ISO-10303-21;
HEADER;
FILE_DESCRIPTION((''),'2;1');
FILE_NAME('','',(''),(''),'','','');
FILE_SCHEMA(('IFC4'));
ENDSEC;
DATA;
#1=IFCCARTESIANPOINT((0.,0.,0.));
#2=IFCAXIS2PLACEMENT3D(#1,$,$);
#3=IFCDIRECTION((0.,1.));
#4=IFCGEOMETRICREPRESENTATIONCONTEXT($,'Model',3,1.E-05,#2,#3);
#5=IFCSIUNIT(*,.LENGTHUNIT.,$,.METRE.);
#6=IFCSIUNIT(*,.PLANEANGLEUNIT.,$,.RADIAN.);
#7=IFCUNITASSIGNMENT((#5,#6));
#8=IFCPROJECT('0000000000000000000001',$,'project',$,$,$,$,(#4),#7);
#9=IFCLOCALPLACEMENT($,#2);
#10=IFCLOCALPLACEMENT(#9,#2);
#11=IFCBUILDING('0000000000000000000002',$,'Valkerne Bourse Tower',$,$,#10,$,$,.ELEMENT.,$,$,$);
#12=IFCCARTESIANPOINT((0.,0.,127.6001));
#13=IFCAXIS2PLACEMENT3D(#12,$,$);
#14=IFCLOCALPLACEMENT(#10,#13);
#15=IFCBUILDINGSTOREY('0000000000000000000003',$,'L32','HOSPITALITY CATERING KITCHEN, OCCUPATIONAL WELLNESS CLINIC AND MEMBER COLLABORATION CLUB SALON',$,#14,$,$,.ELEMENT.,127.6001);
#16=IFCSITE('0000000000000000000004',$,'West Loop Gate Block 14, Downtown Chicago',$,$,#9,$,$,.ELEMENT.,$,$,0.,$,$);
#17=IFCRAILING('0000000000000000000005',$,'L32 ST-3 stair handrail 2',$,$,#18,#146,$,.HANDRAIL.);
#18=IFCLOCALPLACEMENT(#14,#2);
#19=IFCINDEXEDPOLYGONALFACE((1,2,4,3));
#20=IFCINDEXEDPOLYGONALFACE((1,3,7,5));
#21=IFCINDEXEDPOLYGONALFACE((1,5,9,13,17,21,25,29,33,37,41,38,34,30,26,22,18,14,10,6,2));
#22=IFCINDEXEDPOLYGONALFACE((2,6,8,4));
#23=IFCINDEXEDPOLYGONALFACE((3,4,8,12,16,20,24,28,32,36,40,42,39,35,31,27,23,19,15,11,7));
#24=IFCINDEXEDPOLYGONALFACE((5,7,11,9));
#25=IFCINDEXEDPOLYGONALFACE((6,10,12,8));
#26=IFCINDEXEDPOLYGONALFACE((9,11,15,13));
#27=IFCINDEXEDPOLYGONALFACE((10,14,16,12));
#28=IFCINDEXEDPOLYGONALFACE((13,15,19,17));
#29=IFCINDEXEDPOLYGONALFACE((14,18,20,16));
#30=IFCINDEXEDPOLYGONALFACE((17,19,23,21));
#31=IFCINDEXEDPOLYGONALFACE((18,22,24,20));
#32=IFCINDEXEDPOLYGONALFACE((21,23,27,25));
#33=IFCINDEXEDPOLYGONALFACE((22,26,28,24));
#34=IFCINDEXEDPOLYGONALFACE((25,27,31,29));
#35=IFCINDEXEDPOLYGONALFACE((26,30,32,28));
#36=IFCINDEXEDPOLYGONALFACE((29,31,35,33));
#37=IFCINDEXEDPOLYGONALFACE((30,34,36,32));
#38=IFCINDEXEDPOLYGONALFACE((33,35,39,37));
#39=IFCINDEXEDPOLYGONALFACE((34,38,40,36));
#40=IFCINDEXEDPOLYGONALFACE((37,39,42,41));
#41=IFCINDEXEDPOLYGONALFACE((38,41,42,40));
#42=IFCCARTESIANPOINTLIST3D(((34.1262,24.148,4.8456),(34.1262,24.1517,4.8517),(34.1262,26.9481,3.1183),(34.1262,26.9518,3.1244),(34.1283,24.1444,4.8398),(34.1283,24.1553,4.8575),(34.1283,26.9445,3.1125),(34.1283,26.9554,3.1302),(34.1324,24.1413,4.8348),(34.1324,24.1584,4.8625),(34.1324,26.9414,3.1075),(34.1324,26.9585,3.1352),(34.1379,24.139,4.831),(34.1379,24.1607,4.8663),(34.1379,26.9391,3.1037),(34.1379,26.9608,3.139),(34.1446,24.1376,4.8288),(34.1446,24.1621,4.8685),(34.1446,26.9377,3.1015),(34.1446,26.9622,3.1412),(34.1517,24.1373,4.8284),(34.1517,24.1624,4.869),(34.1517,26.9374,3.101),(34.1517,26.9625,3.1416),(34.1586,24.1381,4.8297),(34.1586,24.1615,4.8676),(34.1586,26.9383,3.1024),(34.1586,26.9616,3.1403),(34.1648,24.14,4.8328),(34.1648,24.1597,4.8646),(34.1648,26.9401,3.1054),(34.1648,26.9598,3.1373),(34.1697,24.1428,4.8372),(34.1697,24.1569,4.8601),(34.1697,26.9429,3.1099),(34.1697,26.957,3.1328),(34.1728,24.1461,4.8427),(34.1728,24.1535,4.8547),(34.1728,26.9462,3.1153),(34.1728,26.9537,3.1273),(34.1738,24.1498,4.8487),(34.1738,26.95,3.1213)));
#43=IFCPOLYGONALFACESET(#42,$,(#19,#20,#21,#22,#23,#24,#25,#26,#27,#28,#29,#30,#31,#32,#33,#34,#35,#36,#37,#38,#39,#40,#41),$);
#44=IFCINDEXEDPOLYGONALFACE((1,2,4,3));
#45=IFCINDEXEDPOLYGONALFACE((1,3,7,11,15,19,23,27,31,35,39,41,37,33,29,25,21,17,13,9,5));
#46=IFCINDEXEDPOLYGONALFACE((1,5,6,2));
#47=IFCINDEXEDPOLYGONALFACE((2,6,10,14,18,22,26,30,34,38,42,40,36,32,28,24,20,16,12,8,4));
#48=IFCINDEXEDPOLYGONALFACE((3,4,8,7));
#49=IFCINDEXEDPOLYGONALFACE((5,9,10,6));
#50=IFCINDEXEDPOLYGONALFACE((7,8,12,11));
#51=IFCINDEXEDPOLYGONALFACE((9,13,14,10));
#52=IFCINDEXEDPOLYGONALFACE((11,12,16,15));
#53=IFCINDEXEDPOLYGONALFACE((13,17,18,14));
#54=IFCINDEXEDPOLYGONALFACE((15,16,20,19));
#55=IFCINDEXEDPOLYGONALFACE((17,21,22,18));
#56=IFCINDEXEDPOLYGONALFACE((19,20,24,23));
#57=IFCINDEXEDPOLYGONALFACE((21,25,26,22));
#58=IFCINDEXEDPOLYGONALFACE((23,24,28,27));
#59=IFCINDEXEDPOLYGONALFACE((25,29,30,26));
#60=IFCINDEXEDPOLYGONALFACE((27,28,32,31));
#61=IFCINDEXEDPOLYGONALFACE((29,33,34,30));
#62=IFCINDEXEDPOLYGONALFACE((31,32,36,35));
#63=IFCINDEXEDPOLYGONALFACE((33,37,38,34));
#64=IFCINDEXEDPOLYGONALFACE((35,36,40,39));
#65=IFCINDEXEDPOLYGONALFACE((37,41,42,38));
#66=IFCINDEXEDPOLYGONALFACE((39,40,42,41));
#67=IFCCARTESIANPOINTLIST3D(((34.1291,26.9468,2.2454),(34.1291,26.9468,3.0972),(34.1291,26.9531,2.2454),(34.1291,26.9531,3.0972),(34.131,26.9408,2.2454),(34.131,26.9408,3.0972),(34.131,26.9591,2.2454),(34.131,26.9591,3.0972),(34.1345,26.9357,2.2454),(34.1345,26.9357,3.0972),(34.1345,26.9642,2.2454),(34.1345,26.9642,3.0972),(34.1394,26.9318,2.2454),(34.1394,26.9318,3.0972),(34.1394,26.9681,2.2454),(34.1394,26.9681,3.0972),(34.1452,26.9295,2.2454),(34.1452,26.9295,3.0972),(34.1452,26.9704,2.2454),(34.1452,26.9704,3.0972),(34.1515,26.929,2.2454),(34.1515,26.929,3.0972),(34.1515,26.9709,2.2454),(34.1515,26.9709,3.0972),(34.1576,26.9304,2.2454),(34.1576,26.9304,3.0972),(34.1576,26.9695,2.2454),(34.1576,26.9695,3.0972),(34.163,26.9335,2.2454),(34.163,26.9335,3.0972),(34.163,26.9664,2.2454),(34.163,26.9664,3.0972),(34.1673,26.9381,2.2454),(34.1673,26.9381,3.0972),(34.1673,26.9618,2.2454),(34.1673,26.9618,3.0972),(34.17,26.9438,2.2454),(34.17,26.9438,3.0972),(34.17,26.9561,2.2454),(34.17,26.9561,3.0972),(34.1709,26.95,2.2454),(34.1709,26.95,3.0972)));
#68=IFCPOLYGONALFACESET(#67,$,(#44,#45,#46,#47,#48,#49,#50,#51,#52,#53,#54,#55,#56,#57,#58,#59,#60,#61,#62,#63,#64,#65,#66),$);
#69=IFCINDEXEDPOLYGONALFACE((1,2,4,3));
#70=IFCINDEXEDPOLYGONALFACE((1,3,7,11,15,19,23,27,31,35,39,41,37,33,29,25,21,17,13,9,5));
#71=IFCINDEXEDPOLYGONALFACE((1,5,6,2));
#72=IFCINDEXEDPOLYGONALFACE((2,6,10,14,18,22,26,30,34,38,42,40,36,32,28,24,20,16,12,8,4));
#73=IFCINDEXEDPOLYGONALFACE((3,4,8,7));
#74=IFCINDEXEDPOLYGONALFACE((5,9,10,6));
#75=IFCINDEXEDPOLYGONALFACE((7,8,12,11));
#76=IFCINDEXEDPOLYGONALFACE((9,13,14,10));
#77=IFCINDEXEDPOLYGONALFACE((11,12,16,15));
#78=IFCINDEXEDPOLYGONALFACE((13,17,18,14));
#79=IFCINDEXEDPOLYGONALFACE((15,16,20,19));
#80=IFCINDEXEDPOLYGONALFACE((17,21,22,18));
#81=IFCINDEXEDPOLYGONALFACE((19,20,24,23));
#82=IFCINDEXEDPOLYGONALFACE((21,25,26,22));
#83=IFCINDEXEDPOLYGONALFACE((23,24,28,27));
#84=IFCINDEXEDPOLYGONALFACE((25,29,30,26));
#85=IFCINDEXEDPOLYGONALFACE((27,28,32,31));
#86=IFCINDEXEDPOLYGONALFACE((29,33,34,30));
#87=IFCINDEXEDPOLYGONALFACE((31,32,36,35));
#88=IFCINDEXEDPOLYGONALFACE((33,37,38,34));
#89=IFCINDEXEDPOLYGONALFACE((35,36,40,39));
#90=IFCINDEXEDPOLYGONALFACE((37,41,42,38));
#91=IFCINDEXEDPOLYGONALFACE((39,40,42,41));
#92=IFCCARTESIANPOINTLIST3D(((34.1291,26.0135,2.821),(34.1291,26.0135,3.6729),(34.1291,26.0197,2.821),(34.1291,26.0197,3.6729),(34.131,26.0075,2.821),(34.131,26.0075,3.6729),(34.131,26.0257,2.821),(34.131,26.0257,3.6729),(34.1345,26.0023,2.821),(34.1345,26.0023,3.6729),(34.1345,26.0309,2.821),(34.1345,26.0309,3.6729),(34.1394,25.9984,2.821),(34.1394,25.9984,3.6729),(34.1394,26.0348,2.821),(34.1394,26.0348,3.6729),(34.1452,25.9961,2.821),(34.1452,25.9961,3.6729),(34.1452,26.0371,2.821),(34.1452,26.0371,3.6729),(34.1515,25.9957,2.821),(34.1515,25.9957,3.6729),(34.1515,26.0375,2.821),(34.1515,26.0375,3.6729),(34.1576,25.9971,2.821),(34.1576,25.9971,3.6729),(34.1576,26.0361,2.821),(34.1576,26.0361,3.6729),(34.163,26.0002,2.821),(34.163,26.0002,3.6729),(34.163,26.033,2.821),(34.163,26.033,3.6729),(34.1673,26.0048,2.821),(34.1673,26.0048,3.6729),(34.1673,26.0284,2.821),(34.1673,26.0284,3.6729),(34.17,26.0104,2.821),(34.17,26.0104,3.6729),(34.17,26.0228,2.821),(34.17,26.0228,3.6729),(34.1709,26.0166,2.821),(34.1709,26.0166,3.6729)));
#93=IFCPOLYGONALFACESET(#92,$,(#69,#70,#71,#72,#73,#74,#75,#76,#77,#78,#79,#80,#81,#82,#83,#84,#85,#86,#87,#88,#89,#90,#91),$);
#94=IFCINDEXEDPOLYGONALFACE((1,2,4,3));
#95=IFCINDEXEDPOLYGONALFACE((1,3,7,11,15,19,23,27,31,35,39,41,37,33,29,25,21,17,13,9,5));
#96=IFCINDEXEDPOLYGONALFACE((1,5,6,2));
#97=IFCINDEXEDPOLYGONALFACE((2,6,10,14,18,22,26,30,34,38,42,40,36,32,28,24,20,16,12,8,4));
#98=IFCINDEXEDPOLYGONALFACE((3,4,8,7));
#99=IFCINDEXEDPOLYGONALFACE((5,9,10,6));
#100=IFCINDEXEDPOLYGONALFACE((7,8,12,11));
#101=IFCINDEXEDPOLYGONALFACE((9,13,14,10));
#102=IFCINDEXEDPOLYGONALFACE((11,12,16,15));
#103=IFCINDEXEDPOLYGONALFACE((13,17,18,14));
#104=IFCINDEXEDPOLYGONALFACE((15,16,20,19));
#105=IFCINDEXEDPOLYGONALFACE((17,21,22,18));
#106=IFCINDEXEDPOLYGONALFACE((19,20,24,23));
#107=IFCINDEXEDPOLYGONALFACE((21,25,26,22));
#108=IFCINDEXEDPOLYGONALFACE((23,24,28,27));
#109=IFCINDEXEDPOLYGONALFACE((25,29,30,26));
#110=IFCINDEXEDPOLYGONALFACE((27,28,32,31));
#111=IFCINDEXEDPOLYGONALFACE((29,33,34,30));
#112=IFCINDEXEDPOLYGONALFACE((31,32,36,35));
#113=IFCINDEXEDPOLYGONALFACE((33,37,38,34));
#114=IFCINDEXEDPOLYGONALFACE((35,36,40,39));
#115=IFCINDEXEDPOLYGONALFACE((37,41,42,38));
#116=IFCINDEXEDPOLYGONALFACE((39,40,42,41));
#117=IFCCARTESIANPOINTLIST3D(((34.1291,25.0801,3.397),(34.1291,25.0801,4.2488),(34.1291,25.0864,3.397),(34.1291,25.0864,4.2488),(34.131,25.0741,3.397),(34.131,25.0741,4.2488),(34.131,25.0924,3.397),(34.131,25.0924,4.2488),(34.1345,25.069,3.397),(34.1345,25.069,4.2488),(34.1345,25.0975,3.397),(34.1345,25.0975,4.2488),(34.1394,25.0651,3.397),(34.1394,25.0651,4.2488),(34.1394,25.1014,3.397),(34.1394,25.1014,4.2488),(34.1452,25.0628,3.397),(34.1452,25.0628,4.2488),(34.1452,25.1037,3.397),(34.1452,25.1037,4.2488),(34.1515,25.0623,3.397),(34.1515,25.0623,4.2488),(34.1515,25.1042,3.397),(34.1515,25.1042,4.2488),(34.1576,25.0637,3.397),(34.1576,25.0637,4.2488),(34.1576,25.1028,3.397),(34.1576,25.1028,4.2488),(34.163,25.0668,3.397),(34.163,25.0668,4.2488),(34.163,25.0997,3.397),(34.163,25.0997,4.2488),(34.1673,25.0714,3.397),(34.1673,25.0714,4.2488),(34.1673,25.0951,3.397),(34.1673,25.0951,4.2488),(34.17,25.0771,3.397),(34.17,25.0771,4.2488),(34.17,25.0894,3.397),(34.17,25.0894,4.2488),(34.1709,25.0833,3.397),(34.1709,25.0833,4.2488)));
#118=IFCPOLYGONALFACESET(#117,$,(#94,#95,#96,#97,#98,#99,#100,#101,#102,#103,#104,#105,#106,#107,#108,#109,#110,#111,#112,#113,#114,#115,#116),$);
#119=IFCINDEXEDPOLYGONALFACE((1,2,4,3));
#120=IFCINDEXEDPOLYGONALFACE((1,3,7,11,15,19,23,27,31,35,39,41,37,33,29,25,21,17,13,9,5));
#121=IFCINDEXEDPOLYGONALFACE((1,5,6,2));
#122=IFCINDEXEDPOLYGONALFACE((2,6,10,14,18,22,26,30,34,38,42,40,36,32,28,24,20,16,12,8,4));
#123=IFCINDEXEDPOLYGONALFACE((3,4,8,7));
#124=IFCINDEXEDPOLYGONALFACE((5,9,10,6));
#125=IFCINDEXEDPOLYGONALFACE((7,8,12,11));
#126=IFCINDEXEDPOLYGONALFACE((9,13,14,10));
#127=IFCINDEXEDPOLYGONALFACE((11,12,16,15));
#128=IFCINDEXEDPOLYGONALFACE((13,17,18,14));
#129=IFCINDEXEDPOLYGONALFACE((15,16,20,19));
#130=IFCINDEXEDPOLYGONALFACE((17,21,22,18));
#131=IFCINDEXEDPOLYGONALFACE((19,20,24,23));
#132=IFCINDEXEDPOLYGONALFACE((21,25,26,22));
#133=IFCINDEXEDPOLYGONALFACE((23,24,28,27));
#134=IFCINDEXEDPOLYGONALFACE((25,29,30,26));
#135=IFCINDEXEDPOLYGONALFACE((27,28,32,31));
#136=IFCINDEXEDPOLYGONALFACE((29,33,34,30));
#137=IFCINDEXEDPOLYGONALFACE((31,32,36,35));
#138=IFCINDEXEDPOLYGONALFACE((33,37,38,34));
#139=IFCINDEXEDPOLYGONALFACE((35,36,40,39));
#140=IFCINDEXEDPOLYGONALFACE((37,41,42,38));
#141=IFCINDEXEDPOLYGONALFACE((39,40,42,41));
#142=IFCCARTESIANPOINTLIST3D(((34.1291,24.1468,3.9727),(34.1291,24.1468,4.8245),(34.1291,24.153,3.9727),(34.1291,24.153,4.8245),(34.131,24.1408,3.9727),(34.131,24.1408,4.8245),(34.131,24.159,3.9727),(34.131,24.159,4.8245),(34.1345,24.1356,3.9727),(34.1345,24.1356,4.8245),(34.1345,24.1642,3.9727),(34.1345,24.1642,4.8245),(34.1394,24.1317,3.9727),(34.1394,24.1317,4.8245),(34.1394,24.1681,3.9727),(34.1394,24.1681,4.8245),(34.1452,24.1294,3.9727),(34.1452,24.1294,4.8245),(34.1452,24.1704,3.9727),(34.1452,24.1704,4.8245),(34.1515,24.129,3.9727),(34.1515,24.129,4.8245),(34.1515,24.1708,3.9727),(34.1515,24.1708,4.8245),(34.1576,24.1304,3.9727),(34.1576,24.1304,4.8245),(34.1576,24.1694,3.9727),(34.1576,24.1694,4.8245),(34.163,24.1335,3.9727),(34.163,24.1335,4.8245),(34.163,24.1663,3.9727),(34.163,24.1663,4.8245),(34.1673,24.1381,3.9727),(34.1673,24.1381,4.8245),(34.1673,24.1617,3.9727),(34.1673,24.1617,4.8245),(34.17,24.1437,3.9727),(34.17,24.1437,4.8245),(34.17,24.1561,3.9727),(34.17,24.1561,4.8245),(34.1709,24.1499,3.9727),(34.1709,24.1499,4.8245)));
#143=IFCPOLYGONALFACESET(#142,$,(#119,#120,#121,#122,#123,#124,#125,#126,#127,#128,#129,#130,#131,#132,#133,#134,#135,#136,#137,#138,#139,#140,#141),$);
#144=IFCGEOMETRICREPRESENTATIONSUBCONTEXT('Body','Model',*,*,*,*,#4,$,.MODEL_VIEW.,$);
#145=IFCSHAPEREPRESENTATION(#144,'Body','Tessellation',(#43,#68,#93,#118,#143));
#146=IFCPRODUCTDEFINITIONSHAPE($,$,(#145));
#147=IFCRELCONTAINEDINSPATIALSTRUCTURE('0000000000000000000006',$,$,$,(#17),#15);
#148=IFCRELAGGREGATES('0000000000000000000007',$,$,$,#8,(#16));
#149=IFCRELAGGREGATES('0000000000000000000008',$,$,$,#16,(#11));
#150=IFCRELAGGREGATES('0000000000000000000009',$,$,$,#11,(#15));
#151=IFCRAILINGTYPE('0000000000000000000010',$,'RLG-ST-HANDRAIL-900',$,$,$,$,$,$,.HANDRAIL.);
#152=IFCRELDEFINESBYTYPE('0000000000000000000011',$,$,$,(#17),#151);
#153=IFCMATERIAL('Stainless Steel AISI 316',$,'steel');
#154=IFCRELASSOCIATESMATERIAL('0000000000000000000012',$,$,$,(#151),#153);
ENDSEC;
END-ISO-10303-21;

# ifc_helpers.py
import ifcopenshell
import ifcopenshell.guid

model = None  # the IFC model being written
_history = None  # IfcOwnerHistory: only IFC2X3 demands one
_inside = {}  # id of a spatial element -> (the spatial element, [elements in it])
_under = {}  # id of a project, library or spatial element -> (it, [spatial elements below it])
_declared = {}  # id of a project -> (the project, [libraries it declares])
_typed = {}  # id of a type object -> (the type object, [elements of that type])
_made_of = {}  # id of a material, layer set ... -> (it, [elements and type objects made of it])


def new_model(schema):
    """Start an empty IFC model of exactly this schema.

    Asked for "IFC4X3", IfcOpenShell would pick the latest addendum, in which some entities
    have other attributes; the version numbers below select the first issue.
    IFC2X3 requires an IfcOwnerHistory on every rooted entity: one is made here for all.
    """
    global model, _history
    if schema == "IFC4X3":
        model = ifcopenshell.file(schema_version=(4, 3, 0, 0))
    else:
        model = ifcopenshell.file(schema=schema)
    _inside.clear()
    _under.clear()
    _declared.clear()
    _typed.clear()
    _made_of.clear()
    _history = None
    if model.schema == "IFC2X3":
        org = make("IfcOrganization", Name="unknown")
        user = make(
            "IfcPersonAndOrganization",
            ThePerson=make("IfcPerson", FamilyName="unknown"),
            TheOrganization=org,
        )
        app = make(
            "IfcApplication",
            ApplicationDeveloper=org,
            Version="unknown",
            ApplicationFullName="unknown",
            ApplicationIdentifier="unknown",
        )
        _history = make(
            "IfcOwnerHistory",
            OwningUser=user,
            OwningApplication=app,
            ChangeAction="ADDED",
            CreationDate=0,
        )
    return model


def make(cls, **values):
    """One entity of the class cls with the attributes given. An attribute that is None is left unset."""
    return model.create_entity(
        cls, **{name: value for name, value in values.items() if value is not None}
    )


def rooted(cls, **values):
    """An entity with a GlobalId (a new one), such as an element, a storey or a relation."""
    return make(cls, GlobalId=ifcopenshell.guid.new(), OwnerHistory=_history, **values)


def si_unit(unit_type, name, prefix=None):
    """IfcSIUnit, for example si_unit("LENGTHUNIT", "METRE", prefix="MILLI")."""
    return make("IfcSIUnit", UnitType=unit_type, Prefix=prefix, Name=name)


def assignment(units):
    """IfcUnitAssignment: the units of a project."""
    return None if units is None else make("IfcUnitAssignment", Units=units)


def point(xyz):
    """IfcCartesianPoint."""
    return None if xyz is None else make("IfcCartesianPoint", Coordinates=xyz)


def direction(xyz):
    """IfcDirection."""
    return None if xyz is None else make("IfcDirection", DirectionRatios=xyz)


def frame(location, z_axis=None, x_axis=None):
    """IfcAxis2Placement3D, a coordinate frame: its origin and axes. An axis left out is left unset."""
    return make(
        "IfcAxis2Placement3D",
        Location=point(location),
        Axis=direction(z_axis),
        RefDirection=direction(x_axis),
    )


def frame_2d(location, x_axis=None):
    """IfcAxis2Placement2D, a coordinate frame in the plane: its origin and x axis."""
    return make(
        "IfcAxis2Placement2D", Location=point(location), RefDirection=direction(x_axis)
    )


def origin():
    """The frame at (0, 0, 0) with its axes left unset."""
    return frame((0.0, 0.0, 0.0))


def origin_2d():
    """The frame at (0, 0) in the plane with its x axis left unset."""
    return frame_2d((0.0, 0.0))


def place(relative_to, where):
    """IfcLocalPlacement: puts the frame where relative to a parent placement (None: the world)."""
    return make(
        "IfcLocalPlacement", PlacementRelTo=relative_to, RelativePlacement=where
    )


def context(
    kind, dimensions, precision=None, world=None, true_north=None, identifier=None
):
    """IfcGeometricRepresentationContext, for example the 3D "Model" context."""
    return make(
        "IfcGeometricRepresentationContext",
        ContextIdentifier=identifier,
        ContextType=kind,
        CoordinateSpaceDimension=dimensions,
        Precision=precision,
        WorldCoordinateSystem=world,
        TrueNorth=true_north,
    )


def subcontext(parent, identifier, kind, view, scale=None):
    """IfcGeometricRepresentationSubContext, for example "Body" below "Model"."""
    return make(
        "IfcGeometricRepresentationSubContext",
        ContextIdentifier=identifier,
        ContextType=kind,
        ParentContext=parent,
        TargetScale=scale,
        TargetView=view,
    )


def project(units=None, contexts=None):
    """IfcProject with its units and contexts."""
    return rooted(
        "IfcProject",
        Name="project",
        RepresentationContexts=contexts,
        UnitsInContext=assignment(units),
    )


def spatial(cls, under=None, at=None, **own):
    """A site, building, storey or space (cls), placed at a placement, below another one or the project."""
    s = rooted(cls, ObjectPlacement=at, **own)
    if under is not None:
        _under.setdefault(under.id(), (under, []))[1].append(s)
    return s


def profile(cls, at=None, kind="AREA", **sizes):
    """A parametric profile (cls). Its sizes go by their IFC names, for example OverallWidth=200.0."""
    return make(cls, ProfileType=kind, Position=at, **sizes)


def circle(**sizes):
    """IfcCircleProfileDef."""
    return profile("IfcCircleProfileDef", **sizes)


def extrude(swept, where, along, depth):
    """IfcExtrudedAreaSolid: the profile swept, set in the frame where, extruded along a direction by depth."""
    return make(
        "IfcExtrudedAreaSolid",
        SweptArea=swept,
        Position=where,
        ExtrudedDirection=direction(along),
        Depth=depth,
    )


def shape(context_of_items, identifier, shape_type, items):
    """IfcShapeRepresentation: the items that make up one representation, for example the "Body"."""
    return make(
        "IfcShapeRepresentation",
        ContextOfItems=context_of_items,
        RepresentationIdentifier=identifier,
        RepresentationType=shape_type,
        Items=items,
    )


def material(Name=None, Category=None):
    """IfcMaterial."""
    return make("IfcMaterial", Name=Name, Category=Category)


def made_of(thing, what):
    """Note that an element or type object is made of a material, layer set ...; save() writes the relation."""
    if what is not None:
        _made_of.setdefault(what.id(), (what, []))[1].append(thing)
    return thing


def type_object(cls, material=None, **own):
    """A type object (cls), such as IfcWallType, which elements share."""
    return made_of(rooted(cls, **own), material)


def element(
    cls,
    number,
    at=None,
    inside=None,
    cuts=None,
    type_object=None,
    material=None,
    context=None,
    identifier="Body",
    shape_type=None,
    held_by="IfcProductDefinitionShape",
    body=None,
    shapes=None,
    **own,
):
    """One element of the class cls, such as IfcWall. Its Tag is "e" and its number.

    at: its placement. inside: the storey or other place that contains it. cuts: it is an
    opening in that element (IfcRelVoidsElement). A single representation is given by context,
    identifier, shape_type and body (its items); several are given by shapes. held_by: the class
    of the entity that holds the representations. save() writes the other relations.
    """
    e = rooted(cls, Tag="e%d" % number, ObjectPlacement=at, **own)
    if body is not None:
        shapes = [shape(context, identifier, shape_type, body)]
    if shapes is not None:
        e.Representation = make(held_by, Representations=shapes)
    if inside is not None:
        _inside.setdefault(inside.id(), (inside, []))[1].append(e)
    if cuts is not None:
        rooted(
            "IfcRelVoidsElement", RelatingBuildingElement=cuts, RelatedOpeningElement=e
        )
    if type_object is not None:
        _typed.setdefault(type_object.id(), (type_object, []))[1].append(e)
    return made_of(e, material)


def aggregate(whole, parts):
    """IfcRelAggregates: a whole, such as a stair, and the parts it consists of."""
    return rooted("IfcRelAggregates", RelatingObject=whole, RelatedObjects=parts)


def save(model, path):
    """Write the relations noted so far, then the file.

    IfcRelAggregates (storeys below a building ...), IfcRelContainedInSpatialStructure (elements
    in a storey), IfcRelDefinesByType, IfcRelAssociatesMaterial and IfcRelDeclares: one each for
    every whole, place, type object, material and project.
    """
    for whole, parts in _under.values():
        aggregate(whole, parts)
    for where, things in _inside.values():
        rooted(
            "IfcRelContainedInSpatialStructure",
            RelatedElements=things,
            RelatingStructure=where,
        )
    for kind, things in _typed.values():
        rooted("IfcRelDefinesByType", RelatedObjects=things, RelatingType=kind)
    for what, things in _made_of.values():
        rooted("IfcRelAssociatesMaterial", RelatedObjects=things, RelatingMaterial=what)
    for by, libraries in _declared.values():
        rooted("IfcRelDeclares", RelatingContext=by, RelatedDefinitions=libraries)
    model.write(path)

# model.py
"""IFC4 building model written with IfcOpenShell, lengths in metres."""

from ifc_helpers import new_model, si_unit, direction, frame, origin, origin_2d, place, context, subcontext, project, spatial, circle, extrude, material, type_object, element, save


model = new_model("IFC4")

# Units and contexts
model_context = context("Model", 3, precision=1e-05, world=origin(), true_north=direction((0.0, 1.0)))
body_context = subcontext(model_context, "Body", "Model", "MODEL_VIEW")
ifc_project = project(units=[si_unit("LENGTHUNIT", "METRE"), si_unit("PLANEANGLEUNIT", "RADIAN")], contexts=[model_context])

# Site, building, storey
site_placement = place(None, origin())
site = spatial("IfcSite", under=ifc_project, at=site_placement, Name="West Loop Gate Block 14, Downtown Chicago", CompositionType="ELEMENT", RefElevation=0.0)
building_placement = place(site_placement, origin())
building = spatial("IfcBuilding", under=site, at=building_placement, Name="Valkerne Bourse Tower", CompositionType="ELEMENT")
storey_placement = place(building_placement, frame((0.0, 0.0, 127.6001)))
storey = spatial("IfcBuildingStorey", under=building, at=storey_placement, Name="L32", Description="HOSPITALITY CATERING KITCHEN, OCCUPATIONAL WELLNESS CLINIC AND MEMBER COLLABORATION CLUB SALON", CompositionType="ELEMENT", Elevation=127.6001)

# Railing
ifc_material_1 = material(Name="Stainless Steel AISI 316", Category="steel")
railing_type_1 = type_object("IfcRailingType", Name="RLG-ST-HANDRAIL-900", PredefinedType="HANDRAIL", material=ifc_material_1)
railing_1_placement = place(storey_placement, frame((34.1499, 26.95, 2.2454)))
element("IfcRailing", 1, at=railing_1_placement, inside=storey, type_object=railing_type_1, Name="L32 ST-3 stair handrail 2", PredefinedType="HANDRAIL", context=body_context, shape_type="SweptSolid", body=[
    extrude(circle(Radius=0.0239, at=origin_2d()), frame((0.0, 0.0, 0.876), z_axis=(0.0, -0.85109, 0.52502), x_axis=(1.0, 0.0, 0.0)), (0.0, 0.0, 1.0), 3.29),
    extrude(circle(Radius=0.021, at=origin_2d()), origin(), (0.0, 0.0, 1.0), 0.8518),
    extrude(circle(Radius=0.021, at=origin_2d()), frame((0.0, -0.9333, 0.5757)), (0.0, 0.0, 1.0), 0.8518),
    extrude(circle(Radius=0.021, at=origin_2d()), frame((0.0, -1.8667, 1.1516)), (0.0, 0.0, 1.0), 0.8518),
    extrude(circle(Radius=0.021, at=origin_2d()), frame((0.0, -2.8, 1.7273)), (0.0, 0.0, 1.0), 0.8518),
])

save(model, "model.ifc")
